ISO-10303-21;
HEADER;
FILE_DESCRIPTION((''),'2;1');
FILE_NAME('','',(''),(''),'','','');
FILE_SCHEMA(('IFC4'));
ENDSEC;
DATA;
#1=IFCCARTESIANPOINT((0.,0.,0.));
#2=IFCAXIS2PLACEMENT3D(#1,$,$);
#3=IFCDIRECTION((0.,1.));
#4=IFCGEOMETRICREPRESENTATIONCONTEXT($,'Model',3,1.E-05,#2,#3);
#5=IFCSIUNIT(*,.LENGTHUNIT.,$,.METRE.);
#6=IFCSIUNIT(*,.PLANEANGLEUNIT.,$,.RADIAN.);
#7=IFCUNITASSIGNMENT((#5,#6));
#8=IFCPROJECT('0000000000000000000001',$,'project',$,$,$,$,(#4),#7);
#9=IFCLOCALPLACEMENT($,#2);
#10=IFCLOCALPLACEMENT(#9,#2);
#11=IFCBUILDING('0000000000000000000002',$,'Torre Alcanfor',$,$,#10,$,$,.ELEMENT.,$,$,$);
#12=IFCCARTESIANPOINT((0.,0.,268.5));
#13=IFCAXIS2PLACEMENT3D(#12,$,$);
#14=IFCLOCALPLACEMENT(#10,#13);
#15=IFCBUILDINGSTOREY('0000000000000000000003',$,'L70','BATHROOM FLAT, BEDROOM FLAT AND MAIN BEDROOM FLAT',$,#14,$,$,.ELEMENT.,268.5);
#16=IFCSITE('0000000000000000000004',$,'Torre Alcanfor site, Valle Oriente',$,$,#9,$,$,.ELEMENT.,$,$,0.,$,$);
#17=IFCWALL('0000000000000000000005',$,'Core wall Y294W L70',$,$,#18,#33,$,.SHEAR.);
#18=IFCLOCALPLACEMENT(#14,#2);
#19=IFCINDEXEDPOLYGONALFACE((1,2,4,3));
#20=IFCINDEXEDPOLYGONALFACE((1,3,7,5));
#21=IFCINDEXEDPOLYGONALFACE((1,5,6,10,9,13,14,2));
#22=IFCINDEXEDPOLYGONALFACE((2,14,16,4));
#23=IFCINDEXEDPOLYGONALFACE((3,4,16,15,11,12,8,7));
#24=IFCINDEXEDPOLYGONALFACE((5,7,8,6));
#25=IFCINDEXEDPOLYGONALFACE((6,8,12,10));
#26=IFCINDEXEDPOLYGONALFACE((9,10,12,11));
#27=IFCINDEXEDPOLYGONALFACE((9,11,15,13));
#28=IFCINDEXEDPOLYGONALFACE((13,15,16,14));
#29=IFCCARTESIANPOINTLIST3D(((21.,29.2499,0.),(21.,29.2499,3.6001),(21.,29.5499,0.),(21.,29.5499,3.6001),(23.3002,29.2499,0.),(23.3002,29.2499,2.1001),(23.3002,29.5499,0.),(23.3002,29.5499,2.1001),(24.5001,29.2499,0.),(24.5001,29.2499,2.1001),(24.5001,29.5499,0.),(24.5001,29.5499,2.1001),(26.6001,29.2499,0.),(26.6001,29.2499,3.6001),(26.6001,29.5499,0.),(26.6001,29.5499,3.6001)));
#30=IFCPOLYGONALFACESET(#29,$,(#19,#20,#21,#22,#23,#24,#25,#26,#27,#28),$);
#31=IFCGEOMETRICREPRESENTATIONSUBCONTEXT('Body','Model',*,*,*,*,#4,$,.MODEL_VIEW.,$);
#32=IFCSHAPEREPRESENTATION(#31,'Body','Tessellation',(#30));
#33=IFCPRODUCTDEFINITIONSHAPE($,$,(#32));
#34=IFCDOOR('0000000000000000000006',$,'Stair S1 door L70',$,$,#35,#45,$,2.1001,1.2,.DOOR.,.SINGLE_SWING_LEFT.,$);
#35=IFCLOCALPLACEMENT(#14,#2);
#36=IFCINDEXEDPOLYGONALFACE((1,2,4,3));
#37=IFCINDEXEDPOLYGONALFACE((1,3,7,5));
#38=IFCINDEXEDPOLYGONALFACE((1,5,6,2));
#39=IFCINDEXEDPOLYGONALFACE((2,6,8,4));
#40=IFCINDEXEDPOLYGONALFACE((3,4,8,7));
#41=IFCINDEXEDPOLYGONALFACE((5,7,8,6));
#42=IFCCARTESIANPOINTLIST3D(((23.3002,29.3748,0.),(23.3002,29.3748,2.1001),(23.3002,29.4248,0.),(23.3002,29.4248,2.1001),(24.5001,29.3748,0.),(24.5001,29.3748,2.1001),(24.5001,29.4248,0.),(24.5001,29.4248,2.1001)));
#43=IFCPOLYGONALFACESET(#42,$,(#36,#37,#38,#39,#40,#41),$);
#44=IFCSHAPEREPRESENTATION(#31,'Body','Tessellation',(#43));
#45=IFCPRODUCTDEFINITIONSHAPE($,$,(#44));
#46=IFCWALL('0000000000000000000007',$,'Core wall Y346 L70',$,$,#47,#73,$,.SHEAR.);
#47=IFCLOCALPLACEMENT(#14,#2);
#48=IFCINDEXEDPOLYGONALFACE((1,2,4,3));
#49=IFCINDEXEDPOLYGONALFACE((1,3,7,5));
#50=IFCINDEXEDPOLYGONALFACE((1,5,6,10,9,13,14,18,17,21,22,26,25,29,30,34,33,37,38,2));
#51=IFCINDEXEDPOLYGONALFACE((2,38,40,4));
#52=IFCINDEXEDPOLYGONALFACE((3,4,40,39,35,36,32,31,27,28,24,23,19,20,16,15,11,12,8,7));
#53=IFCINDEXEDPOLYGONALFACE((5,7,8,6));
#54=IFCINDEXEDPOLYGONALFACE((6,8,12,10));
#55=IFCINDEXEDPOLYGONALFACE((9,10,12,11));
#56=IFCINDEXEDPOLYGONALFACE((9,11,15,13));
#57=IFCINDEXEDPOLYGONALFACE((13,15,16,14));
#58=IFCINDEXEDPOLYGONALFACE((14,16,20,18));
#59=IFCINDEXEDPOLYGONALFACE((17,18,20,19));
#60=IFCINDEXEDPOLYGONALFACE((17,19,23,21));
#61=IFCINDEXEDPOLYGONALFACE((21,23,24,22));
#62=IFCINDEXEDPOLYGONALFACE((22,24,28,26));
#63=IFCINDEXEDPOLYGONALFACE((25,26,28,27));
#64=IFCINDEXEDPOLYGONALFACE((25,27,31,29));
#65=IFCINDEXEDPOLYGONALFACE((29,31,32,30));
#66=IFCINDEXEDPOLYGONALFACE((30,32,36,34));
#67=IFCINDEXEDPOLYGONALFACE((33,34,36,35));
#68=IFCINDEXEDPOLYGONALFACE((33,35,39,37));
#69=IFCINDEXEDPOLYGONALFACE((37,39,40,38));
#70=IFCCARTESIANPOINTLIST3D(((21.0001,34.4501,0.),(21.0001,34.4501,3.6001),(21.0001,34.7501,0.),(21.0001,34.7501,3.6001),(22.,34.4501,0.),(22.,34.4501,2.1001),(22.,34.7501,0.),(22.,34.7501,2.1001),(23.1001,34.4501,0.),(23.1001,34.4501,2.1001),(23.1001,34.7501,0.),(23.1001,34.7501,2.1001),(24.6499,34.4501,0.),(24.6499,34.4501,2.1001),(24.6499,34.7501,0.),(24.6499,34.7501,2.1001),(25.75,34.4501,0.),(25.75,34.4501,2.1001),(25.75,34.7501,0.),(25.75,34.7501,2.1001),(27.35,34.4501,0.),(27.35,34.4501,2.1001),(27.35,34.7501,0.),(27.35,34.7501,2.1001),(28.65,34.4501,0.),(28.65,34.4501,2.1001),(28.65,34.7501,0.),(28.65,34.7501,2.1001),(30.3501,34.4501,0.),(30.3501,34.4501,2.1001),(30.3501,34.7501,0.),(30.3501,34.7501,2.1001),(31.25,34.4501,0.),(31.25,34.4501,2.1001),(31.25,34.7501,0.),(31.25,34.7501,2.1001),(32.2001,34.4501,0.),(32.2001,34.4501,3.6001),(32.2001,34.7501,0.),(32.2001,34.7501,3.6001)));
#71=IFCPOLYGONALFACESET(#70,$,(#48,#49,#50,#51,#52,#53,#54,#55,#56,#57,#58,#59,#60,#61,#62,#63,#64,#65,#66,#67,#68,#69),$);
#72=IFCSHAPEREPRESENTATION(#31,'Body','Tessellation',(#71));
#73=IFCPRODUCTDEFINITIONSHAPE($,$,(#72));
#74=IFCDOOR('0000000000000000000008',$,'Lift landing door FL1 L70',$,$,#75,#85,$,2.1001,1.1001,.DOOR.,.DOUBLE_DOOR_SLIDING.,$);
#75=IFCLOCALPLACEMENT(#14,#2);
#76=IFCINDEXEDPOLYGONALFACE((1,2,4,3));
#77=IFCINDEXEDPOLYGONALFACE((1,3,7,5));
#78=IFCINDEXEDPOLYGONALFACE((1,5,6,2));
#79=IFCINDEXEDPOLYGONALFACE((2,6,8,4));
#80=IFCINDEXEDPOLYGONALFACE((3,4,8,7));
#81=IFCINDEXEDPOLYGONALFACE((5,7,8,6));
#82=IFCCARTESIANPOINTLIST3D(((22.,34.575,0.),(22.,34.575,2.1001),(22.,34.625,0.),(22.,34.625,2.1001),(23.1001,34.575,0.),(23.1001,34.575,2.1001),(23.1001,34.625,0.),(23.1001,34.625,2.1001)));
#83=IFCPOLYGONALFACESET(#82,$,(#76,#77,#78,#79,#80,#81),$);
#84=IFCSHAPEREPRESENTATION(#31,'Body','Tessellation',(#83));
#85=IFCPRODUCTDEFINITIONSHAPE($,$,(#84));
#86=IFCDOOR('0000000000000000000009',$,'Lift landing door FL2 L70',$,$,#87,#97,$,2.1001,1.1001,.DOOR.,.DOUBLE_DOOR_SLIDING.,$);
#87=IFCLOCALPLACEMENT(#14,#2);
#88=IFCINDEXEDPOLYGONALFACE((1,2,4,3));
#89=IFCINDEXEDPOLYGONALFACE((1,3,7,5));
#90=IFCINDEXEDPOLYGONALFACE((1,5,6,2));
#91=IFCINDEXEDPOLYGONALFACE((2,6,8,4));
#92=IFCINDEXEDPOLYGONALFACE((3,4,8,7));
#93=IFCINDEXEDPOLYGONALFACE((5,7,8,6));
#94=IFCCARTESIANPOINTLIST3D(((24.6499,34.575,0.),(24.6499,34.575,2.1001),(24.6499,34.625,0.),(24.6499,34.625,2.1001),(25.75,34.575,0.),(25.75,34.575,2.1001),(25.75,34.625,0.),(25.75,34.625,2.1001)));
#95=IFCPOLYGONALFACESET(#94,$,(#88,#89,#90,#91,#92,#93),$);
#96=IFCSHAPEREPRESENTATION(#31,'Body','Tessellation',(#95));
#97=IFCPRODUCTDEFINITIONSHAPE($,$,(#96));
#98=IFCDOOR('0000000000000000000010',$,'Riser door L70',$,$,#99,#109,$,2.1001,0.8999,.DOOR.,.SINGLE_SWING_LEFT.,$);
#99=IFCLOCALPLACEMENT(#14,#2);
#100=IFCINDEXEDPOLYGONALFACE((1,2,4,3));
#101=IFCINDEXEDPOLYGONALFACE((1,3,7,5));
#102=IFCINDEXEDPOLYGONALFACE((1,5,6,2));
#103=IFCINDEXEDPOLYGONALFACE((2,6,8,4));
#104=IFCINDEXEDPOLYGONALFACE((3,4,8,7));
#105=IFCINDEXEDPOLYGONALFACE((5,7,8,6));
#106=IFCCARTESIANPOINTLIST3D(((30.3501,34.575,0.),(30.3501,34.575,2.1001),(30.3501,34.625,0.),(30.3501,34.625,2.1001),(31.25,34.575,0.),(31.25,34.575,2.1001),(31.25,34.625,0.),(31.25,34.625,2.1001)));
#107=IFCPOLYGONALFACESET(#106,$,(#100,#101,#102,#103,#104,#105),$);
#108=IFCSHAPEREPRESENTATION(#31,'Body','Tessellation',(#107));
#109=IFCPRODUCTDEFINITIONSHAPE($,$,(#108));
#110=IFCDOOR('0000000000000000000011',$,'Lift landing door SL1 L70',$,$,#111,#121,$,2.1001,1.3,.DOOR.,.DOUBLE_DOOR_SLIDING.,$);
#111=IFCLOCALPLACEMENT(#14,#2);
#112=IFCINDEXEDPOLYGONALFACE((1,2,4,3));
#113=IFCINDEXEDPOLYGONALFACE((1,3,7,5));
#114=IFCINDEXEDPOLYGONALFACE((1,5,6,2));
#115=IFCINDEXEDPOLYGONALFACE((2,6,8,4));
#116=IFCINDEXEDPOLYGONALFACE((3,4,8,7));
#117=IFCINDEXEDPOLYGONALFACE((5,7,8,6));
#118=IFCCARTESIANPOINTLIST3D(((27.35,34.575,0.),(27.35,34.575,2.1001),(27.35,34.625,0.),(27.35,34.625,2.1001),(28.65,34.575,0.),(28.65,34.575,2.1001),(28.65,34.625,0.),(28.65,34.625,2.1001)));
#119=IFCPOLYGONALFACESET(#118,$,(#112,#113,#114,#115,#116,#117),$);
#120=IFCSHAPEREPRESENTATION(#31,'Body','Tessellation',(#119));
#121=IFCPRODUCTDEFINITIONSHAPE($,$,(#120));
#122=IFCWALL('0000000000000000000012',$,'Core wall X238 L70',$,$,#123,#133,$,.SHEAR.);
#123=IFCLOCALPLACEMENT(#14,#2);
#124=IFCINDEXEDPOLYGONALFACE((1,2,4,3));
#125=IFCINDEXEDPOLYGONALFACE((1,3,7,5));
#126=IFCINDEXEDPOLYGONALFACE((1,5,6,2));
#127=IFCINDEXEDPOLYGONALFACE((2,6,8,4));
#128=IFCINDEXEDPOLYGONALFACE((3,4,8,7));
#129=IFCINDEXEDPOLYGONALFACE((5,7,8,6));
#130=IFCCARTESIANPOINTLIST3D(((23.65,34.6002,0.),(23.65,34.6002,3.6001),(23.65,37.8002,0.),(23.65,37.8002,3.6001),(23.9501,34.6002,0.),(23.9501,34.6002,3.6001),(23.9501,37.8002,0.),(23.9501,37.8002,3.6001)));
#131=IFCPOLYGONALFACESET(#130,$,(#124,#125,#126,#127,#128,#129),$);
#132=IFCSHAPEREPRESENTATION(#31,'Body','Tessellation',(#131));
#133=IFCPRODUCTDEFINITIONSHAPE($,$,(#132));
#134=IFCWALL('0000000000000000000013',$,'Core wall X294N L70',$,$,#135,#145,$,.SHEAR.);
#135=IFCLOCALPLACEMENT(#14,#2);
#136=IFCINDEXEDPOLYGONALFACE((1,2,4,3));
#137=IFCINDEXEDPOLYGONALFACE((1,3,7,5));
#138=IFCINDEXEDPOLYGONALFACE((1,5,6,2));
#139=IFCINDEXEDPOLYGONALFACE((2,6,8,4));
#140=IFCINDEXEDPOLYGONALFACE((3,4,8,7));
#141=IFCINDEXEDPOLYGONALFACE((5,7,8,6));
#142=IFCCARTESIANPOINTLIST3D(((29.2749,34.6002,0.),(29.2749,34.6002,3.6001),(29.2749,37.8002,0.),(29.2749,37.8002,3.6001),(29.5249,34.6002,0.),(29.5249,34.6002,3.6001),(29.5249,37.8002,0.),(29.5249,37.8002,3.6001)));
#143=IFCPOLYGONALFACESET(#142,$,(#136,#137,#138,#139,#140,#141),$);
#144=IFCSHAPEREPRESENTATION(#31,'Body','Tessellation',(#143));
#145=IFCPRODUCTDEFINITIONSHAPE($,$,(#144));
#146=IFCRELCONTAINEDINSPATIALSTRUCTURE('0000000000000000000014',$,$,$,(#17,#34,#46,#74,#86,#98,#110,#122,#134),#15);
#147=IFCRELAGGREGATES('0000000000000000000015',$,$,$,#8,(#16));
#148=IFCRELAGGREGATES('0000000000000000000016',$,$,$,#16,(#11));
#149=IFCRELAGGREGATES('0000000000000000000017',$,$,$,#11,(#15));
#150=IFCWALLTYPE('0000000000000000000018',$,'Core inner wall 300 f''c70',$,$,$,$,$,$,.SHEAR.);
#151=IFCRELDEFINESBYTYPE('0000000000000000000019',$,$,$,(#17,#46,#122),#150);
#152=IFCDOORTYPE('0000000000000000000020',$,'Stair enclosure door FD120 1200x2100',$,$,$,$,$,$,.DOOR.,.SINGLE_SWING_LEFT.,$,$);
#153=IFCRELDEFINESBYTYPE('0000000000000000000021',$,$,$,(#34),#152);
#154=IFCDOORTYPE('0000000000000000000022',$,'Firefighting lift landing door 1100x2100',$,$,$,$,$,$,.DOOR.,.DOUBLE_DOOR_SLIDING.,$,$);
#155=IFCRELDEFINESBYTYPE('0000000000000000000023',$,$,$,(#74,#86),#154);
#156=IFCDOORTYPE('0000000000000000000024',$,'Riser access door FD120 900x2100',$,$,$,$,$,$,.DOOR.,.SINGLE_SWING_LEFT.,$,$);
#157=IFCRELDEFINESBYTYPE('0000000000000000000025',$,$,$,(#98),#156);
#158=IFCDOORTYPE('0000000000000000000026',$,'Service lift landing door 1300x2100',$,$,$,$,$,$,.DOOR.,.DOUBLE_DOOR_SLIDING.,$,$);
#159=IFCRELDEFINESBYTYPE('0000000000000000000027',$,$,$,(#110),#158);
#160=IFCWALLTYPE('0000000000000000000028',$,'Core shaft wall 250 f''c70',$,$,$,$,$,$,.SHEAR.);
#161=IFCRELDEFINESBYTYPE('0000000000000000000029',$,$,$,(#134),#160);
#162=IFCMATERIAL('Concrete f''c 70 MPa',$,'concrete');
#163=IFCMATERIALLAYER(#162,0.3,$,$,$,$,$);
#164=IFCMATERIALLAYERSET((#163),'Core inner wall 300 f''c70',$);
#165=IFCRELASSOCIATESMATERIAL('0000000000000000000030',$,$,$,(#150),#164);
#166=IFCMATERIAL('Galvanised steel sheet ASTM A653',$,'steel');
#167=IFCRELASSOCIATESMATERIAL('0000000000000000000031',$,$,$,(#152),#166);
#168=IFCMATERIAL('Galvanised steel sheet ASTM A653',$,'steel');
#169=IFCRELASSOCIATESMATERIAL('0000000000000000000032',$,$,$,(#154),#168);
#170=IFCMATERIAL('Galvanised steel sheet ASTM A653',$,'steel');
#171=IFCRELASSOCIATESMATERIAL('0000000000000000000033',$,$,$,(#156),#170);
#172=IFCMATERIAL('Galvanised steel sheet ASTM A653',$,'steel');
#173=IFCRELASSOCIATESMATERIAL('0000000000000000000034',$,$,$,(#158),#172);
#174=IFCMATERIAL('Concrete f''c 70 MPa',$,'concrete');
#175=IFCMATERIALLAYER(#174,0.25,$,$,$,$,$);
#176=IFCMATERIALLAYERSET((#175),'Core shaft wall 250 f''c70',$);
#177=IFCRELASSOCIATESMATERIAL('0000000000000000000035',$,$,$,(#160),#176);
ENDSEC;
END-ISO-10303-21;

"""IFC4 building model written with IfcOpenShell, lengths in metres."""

from ifc_helpers import new_model, si_unit, direction, frame, frame_2d, origin, place, context, subcontext, project, spatial, rectangle, extrude, material, layer, layer_set, type_object, element, fill, save


model = new_model("IFC4")

# Units and contexts
model_context = context("Model", 3, precision=1e-05, world=origin(), true_north=direction((0.0, 1.0)))
body_context = subcontext(model_context, "Body", "Model", "MODEL_VIEW")
ifc_project = project(units=[si_unit("LENGTHUNIT", "METRE"), si_unit("PLANEANGLEUNIT", "RADIAN")], contexts=[model_context])

# Site, building, storey
site_placement = place(None, origin())
site = spatial("IfcSite", under=ifc_project, at=site_placement, Name="Torre Alcanfor site, Valle Oriente", CompositionType="ELEMENT", RefElevation=0.0)
building_placement = place(site_placement, origin())
building = spatial("IfcBuilding", under=site, at=building_placement, Name="Torre Alcanfor", CompositionType="ELEMENT")
storey_placement = place(building_placement, frame((0.0, 0.0, 268.5)))
storey = spatial("IfcBuildingStorey", under=building, at=storey_placement, Name="L70", Description="BATHROOM FLAT, BEDROOM FLAT AND MAIN BEDROOM FLAT", CompositionType="ELEMENT", Elevation=268.5)

# Wall, opening, door
ifc_material_1 = material(Name="Concrete f'c 70 MPa", Category="concrete")
ifc_layer_1 = layer(ifc_material_1, 0.3)
ifc_layer_set_1 = layer_set([ifc_layer_1], Name="Core inner wall 300 f'c70")
wall_type_1 = type_object("IfcWallType", Name="Core inner wall 300 f'c70", PredefinedType="SHEAR", material=ifc_layer_set_1)
wall_1_placement = place(storey_placement, frame((21.0, 29.3999, 0.0), z_axis=(0.0, 0.0, 1.0), x_axis=(1.0, 0.0, 0.0)))
wall_1 = element("IfcWall", 1, at=wall_1_placement, inside=storey, type_object=wall_type_1, Name="Core wall Y294W L70", PredefinedType="SHEAR", context=body_context, shape_type="SweptSolid", body=[
    extrude(rectangle(XDim=5.6001, YDim=0.3, at=frame_2d((2.8, 0.0))), origin(), (0.0, 0.0, 1.0), 3.6001),
])
opening_1_placement = place(wall_1_placement, frame((2.3, 0.0, 0.0)))
opening_1 = element("IfcOpeningElement", 2, at=opening_1_placement, cuts=wall_1, PredefinedType="OPENING", context=body_context, shape_type="SweptSolid", body=[
    extrude(rectangle(XDim=1.2, YDim=2.1001, at=frame_2d((0.6001, 1.05))), frame((0.0, 0.1599, 0.0), z_axis=(0.0, -1.0, 0.0), x_axis=(1.0, 0.0, 0.0)), (0.0, 0.0, 1.0), 0.3201),
])
ifc_material_2 = material(Name="Galvanised steel sheet ASTM A653", Category="steel")
door_type_1 = type_object("IfcDoorType", Name="Stair enclosure door FD120 1200x2100", OperationType="SINGLE_SWING_LEFT", PredefinedType="DOOR", material=ifc_material_2)
door_1_placement = place(opening_1_placement, frame((1.2, 0.0, 0.0), z_axis=(0.0, 0.0, 1.0), x_axis=(-1.0, 0.0, 0.0)))
door_1 = element("IfcDoor", 3, at=door_1_placement, inside=storey, type_object=door_type_1, Name="Stair S1 door L70", OperationType="SINGLE_SWING_LEFT", OverallHeight=2.1001, OverallWidth=1.2, PredefinedType="DOOR", context=body_context, shape_type="SweptSolid", body=[
    extrude(rectangle(XDim=1.2, YDim=2.1001, at=frame_2d((0.5999, 1.05))), frame((0.0, 0.0251, 0.0), z_axis=(0.0, -1.0, 0.0), x_axis=(1.0, 0.0, 0.0)), (0.0, 0.0, 1.0), 0.05),
])
fill(opening_1, door_1)

# Wall, openings, doors
wall_2_placement = place(storey_placement, frame((21.0, 34.6001, 0.0), z_axis=(0.0, 0.0, 1.0), x_axis=(1.0, 0.0, 0.0)))
wall_2 = element("IfcWall", 4, at=wall_2_placement, inside=storey, type_object=wall_type_1, Name="Core wall Y346 L70", PredefinedType="SHEAR", context=body_context, shape_type="SweptSolid", body=[
    extrude(rectangle(XDim=11.2, YDim=0.3, at=frame_2d((5.6001, 0.0))), origin(), (0.0, 0.0, 1.0), 3.6001),
])
opening_2_placement = place(wall_2_placement, frame((9.3501, 0.0, 0.0)))
opening_2 = element("IfcOpeningElement", 5, at=opening_2_placement, cuts=wall_2, PredefinedType="OPENING", context=body_context, shape_type="SweptSolid", body=[
    extrude(rectangle(XDim=0.8999, YDim=2.1001, at=frame_2d((0.45, 1.05))), frame((0.0, 0.1599, 0.0), z_axis=(0.0, -1.0, 0.0), x_axis=(1.0, 0.0, 0.0)), (0.0, 0.0, 1.0), 0.3201),
])
opening_3_placement = place(wall_2_placement, frame((1.0, 0.0, 0.0)))
opening_3 = element("IfcOpeningElement", 6, at=opening_3_placement, cuts=wall_2, PredefinedType="OPENING", context=body_context, shape_type="SweptSolid", body=[
    extrude(rectangle(XDim=1.1001, YDim=2.1001, at=frame_2d((0.55, 1.05))), frame((0.0, 0.1599, 0.0), z_axis=(0.0, -1.0, 0.0), x_axis=(1.0, 0.0, 0.0)), (0.0, 0.0, 1.0), 0.3201),
])
opening_4_placement = place(wall_2_placement, frame((3.6499, 0.0, 0.0)))
opening_4 = element("IfcOpeningElement", 7, at=opening_4_placement, cuts=wall_2, PredefinedType="OPENING", context=body_context, shape_type="SweptSolid", body=[
    extrude(rectangle(XDim=1.1001, YDim=2.1001, at=frame_2d((0.55, 1.05))), frame((0.0, 0.1599, 0.0), z_axis=(0.0, -1.0, 0.0), x_axis=(1.0, 0.0, 0.0)), (0.0, 0.0, 1.0), 0.3201),
])
opening_5_placement = place(wall_2_placement, frame((6.3501, 0.0, 0.0)))
opening_5 = element("IfcOpeningElement", 8, at=opening_5_placement, cuts=wall_2, PredefinedType="OPENING", context=body_context, shape_type="SweptSolid", body=[
    extrude(rectangle(XDim=1.3, YDim=2.1001, at=frame_2d((0.6499, 1.05))), frame((0.0, 0.1599, 0.0), z_axis=(0.0, -1.0, 0.0), x_axis=(1.0, 0.0, 0.0)), (0.0, 0.0, 1.0), 0.3201),
])
ifc_material_3 = material(Name="Galvanised steel sheet ASTM A653", Category="steel")
door_type_2 = type_object("IfcDoorType", Name="Firefighting lift landing door 1100x2100", OperationType="DOUBLE_DOOR_SLIDING", PredefinedType="DOOR", material=ifc_material_3)
door_2_placement = place(opening_3_placement, origin())
door_2 = element("IfcDoor", 9, at=door_2_placement, inside=storey, type_object=door_type_2, Name="Lift landing door FL1 L70", OperationType="DOUBLE_DOOR_SLIDING", OverallHeight=2.1001, OverallWidth=1.1001, PredefinedType="DOOR", context=body_context, shape_type="SweptSolid", body=[
    extrude(rectangle(XDim=1.1001, YDim=2.1001, at=frame_2d((0.55, 1.05))), frame((0.0, 0.0249, 0.0), z_axis=(0.0, -1.0, 0.0), x_axis=(1.0, 0.0, 0.0)), (0.0, 0.0, 1.0), 0.05),
])
fill(opening_3, door_2)
door_3_placement = place(opening_4_placement, origin())
door_3 = element("IfcDoor", 10, at=door_3_placement, inside=storey, type_object=door_type_2, Name="Lift landing door FL2 L70", OperationType="DOUBLE_DOOR_SLIDING", OverallHeight=2.1001, OverallWidth=1.1001, PredefinedType="DOOR", context=body_context, shape_type="SweptSolid", body=[
    extrude(rectangle(XDim=1.1001, YDim=2.1001, at=frame_2d((0.55, 1.05))), frame((0.0, 0.0249, 0.0), z_axis=(0.0, -1.0, 0.0), x_axis=(1.0, 0.0, 0.0)), (0.0, 0.0, 1.0), 0.05),
])
fill(opening_4, door_3)
ifc_material_4 = material(Name="Galvanised steel sheet ASTM A653", Category="steel")
door_type_3 = type_object("IfcDoorType", Name="Riser access door FD120 900x2100", OperationType="SINGLE_SWING_LEFT", PredefinedType="DOOR", material=ifc_material_4)
door_4_placement = place(opening_2_placement, origin())
door_4 = element("IfcDoor", 11, at=door_4_placement, inside=storey, type_object=door_type_3, Name="Riser door L70", OperationType="SINGLE_SWING_LEFT", OverallHeight=2.1001, OverallWidth=0.8999, PredefinedType="DOOR", context=body_context, shape_type="SweptSolid", body=[
    extrude(rectangle(XDim=0.8999, YDim=2.1001, at=frame_2d((0.45, 1.05))), frame((0.0, 0.0249, 0.0), z_axis=(0.0, -1.0, 0.0), x_axis=(1.0, 0.0, 0.0)), (0.0, 0.0, 1.0), 0.05),
])
fill(opening_2, door_4)
ifc_material_5 = material(Name="Galvanised steel sheet ASTM A653", Category="steel")
door_type_4 = type_object("IfcDoorType", Name="Service lift landing door 1300x2100", OperationType="DOUBLE_DOOR_SLIDING", PredefinedType="DOOR", material=ifc_material_5)
door_5_placement = place(opening_5_placement, origin())
door_5 = element("IfcDoor", 12, at=door_5_placement, inside=storey, type_object=door_type_4, Name="Lift landing door SL1 L70", OperationType="DOUBLE_DOOR_SLIDING", OverallHeight=2.1001, OverallWidth=1.3, PredefinedType="DOOR", context=body_context, shape_type="SweptSolid", body=[
    extrude(rectangle(XDim=1.3, YDim=2.1001, at=frame_2d((0.6499, 1.05))), frame((0.0, 0.0249, 0.0), z_axis=(0.0, -1.0, 0.0), x_axis=(1.0, 0.0, 0.0)), (0.0, 0.0, 1.0), 0.05),
])
fill(opening_5, door_5)

# Walls
wall_3_placement = place(storey_placement, frame((23.8, 34.6001, 0.0), z_axis=(0.0, 0.0, 1.0), x_axis=(0.0, 1.0, 0.0)))
element("IfcWall", 13, at=wall_3_placement, inside=storey, type_object=wall_type_1, Name="Core wall X238 L70", PredefinedType="SHEAR", context=body_context, shape_type="SweptSolid", body=[
    extrude(rectangle(XDim=3.2, YDim=0.3, at=frame_2d((1.6001, 0.0))), origin(), (0.0, 0.0, 1.0), 3.6001),
])
ifc_material_6 = material(Name="Concrete f'c 70 MPa", Category="concrete")
ifc_layer_2 = layer(ifc_material_6, 0.25)
ifc_layer_set_2 = layer_set([ifc_layer_2], Name="Core shaft wall 250 f'c70")
wall_type_2 = type_object("IfcWallType", Name="Core shaft wall 250 f'c70", PredefinedType="SHEAR", material=ifc_layer_set_2)
wall_4_placement = place(storey_placement, frame((29.3999, 34.6001, 0.0), z_axis=(0.0, 0.0, 1.0), x_axis=(0.0, 1.0, 0.0)))
element("IfcWall", 14, at=wall_4_placement, inside=storey, type_object=wall_type_2, Name="Core wall X294N L70", PredefinedType="SHEAR", context=body_context, shape_type="SweptSolid", body=[
    extrude(rectangle(XDim=3.2, YDim=0.25, at=frame_2d((1.6001, 0.0))), origin(), (0.0, 0.0, 1.0), 3.6001),
])

save(model, "model.ifc")
